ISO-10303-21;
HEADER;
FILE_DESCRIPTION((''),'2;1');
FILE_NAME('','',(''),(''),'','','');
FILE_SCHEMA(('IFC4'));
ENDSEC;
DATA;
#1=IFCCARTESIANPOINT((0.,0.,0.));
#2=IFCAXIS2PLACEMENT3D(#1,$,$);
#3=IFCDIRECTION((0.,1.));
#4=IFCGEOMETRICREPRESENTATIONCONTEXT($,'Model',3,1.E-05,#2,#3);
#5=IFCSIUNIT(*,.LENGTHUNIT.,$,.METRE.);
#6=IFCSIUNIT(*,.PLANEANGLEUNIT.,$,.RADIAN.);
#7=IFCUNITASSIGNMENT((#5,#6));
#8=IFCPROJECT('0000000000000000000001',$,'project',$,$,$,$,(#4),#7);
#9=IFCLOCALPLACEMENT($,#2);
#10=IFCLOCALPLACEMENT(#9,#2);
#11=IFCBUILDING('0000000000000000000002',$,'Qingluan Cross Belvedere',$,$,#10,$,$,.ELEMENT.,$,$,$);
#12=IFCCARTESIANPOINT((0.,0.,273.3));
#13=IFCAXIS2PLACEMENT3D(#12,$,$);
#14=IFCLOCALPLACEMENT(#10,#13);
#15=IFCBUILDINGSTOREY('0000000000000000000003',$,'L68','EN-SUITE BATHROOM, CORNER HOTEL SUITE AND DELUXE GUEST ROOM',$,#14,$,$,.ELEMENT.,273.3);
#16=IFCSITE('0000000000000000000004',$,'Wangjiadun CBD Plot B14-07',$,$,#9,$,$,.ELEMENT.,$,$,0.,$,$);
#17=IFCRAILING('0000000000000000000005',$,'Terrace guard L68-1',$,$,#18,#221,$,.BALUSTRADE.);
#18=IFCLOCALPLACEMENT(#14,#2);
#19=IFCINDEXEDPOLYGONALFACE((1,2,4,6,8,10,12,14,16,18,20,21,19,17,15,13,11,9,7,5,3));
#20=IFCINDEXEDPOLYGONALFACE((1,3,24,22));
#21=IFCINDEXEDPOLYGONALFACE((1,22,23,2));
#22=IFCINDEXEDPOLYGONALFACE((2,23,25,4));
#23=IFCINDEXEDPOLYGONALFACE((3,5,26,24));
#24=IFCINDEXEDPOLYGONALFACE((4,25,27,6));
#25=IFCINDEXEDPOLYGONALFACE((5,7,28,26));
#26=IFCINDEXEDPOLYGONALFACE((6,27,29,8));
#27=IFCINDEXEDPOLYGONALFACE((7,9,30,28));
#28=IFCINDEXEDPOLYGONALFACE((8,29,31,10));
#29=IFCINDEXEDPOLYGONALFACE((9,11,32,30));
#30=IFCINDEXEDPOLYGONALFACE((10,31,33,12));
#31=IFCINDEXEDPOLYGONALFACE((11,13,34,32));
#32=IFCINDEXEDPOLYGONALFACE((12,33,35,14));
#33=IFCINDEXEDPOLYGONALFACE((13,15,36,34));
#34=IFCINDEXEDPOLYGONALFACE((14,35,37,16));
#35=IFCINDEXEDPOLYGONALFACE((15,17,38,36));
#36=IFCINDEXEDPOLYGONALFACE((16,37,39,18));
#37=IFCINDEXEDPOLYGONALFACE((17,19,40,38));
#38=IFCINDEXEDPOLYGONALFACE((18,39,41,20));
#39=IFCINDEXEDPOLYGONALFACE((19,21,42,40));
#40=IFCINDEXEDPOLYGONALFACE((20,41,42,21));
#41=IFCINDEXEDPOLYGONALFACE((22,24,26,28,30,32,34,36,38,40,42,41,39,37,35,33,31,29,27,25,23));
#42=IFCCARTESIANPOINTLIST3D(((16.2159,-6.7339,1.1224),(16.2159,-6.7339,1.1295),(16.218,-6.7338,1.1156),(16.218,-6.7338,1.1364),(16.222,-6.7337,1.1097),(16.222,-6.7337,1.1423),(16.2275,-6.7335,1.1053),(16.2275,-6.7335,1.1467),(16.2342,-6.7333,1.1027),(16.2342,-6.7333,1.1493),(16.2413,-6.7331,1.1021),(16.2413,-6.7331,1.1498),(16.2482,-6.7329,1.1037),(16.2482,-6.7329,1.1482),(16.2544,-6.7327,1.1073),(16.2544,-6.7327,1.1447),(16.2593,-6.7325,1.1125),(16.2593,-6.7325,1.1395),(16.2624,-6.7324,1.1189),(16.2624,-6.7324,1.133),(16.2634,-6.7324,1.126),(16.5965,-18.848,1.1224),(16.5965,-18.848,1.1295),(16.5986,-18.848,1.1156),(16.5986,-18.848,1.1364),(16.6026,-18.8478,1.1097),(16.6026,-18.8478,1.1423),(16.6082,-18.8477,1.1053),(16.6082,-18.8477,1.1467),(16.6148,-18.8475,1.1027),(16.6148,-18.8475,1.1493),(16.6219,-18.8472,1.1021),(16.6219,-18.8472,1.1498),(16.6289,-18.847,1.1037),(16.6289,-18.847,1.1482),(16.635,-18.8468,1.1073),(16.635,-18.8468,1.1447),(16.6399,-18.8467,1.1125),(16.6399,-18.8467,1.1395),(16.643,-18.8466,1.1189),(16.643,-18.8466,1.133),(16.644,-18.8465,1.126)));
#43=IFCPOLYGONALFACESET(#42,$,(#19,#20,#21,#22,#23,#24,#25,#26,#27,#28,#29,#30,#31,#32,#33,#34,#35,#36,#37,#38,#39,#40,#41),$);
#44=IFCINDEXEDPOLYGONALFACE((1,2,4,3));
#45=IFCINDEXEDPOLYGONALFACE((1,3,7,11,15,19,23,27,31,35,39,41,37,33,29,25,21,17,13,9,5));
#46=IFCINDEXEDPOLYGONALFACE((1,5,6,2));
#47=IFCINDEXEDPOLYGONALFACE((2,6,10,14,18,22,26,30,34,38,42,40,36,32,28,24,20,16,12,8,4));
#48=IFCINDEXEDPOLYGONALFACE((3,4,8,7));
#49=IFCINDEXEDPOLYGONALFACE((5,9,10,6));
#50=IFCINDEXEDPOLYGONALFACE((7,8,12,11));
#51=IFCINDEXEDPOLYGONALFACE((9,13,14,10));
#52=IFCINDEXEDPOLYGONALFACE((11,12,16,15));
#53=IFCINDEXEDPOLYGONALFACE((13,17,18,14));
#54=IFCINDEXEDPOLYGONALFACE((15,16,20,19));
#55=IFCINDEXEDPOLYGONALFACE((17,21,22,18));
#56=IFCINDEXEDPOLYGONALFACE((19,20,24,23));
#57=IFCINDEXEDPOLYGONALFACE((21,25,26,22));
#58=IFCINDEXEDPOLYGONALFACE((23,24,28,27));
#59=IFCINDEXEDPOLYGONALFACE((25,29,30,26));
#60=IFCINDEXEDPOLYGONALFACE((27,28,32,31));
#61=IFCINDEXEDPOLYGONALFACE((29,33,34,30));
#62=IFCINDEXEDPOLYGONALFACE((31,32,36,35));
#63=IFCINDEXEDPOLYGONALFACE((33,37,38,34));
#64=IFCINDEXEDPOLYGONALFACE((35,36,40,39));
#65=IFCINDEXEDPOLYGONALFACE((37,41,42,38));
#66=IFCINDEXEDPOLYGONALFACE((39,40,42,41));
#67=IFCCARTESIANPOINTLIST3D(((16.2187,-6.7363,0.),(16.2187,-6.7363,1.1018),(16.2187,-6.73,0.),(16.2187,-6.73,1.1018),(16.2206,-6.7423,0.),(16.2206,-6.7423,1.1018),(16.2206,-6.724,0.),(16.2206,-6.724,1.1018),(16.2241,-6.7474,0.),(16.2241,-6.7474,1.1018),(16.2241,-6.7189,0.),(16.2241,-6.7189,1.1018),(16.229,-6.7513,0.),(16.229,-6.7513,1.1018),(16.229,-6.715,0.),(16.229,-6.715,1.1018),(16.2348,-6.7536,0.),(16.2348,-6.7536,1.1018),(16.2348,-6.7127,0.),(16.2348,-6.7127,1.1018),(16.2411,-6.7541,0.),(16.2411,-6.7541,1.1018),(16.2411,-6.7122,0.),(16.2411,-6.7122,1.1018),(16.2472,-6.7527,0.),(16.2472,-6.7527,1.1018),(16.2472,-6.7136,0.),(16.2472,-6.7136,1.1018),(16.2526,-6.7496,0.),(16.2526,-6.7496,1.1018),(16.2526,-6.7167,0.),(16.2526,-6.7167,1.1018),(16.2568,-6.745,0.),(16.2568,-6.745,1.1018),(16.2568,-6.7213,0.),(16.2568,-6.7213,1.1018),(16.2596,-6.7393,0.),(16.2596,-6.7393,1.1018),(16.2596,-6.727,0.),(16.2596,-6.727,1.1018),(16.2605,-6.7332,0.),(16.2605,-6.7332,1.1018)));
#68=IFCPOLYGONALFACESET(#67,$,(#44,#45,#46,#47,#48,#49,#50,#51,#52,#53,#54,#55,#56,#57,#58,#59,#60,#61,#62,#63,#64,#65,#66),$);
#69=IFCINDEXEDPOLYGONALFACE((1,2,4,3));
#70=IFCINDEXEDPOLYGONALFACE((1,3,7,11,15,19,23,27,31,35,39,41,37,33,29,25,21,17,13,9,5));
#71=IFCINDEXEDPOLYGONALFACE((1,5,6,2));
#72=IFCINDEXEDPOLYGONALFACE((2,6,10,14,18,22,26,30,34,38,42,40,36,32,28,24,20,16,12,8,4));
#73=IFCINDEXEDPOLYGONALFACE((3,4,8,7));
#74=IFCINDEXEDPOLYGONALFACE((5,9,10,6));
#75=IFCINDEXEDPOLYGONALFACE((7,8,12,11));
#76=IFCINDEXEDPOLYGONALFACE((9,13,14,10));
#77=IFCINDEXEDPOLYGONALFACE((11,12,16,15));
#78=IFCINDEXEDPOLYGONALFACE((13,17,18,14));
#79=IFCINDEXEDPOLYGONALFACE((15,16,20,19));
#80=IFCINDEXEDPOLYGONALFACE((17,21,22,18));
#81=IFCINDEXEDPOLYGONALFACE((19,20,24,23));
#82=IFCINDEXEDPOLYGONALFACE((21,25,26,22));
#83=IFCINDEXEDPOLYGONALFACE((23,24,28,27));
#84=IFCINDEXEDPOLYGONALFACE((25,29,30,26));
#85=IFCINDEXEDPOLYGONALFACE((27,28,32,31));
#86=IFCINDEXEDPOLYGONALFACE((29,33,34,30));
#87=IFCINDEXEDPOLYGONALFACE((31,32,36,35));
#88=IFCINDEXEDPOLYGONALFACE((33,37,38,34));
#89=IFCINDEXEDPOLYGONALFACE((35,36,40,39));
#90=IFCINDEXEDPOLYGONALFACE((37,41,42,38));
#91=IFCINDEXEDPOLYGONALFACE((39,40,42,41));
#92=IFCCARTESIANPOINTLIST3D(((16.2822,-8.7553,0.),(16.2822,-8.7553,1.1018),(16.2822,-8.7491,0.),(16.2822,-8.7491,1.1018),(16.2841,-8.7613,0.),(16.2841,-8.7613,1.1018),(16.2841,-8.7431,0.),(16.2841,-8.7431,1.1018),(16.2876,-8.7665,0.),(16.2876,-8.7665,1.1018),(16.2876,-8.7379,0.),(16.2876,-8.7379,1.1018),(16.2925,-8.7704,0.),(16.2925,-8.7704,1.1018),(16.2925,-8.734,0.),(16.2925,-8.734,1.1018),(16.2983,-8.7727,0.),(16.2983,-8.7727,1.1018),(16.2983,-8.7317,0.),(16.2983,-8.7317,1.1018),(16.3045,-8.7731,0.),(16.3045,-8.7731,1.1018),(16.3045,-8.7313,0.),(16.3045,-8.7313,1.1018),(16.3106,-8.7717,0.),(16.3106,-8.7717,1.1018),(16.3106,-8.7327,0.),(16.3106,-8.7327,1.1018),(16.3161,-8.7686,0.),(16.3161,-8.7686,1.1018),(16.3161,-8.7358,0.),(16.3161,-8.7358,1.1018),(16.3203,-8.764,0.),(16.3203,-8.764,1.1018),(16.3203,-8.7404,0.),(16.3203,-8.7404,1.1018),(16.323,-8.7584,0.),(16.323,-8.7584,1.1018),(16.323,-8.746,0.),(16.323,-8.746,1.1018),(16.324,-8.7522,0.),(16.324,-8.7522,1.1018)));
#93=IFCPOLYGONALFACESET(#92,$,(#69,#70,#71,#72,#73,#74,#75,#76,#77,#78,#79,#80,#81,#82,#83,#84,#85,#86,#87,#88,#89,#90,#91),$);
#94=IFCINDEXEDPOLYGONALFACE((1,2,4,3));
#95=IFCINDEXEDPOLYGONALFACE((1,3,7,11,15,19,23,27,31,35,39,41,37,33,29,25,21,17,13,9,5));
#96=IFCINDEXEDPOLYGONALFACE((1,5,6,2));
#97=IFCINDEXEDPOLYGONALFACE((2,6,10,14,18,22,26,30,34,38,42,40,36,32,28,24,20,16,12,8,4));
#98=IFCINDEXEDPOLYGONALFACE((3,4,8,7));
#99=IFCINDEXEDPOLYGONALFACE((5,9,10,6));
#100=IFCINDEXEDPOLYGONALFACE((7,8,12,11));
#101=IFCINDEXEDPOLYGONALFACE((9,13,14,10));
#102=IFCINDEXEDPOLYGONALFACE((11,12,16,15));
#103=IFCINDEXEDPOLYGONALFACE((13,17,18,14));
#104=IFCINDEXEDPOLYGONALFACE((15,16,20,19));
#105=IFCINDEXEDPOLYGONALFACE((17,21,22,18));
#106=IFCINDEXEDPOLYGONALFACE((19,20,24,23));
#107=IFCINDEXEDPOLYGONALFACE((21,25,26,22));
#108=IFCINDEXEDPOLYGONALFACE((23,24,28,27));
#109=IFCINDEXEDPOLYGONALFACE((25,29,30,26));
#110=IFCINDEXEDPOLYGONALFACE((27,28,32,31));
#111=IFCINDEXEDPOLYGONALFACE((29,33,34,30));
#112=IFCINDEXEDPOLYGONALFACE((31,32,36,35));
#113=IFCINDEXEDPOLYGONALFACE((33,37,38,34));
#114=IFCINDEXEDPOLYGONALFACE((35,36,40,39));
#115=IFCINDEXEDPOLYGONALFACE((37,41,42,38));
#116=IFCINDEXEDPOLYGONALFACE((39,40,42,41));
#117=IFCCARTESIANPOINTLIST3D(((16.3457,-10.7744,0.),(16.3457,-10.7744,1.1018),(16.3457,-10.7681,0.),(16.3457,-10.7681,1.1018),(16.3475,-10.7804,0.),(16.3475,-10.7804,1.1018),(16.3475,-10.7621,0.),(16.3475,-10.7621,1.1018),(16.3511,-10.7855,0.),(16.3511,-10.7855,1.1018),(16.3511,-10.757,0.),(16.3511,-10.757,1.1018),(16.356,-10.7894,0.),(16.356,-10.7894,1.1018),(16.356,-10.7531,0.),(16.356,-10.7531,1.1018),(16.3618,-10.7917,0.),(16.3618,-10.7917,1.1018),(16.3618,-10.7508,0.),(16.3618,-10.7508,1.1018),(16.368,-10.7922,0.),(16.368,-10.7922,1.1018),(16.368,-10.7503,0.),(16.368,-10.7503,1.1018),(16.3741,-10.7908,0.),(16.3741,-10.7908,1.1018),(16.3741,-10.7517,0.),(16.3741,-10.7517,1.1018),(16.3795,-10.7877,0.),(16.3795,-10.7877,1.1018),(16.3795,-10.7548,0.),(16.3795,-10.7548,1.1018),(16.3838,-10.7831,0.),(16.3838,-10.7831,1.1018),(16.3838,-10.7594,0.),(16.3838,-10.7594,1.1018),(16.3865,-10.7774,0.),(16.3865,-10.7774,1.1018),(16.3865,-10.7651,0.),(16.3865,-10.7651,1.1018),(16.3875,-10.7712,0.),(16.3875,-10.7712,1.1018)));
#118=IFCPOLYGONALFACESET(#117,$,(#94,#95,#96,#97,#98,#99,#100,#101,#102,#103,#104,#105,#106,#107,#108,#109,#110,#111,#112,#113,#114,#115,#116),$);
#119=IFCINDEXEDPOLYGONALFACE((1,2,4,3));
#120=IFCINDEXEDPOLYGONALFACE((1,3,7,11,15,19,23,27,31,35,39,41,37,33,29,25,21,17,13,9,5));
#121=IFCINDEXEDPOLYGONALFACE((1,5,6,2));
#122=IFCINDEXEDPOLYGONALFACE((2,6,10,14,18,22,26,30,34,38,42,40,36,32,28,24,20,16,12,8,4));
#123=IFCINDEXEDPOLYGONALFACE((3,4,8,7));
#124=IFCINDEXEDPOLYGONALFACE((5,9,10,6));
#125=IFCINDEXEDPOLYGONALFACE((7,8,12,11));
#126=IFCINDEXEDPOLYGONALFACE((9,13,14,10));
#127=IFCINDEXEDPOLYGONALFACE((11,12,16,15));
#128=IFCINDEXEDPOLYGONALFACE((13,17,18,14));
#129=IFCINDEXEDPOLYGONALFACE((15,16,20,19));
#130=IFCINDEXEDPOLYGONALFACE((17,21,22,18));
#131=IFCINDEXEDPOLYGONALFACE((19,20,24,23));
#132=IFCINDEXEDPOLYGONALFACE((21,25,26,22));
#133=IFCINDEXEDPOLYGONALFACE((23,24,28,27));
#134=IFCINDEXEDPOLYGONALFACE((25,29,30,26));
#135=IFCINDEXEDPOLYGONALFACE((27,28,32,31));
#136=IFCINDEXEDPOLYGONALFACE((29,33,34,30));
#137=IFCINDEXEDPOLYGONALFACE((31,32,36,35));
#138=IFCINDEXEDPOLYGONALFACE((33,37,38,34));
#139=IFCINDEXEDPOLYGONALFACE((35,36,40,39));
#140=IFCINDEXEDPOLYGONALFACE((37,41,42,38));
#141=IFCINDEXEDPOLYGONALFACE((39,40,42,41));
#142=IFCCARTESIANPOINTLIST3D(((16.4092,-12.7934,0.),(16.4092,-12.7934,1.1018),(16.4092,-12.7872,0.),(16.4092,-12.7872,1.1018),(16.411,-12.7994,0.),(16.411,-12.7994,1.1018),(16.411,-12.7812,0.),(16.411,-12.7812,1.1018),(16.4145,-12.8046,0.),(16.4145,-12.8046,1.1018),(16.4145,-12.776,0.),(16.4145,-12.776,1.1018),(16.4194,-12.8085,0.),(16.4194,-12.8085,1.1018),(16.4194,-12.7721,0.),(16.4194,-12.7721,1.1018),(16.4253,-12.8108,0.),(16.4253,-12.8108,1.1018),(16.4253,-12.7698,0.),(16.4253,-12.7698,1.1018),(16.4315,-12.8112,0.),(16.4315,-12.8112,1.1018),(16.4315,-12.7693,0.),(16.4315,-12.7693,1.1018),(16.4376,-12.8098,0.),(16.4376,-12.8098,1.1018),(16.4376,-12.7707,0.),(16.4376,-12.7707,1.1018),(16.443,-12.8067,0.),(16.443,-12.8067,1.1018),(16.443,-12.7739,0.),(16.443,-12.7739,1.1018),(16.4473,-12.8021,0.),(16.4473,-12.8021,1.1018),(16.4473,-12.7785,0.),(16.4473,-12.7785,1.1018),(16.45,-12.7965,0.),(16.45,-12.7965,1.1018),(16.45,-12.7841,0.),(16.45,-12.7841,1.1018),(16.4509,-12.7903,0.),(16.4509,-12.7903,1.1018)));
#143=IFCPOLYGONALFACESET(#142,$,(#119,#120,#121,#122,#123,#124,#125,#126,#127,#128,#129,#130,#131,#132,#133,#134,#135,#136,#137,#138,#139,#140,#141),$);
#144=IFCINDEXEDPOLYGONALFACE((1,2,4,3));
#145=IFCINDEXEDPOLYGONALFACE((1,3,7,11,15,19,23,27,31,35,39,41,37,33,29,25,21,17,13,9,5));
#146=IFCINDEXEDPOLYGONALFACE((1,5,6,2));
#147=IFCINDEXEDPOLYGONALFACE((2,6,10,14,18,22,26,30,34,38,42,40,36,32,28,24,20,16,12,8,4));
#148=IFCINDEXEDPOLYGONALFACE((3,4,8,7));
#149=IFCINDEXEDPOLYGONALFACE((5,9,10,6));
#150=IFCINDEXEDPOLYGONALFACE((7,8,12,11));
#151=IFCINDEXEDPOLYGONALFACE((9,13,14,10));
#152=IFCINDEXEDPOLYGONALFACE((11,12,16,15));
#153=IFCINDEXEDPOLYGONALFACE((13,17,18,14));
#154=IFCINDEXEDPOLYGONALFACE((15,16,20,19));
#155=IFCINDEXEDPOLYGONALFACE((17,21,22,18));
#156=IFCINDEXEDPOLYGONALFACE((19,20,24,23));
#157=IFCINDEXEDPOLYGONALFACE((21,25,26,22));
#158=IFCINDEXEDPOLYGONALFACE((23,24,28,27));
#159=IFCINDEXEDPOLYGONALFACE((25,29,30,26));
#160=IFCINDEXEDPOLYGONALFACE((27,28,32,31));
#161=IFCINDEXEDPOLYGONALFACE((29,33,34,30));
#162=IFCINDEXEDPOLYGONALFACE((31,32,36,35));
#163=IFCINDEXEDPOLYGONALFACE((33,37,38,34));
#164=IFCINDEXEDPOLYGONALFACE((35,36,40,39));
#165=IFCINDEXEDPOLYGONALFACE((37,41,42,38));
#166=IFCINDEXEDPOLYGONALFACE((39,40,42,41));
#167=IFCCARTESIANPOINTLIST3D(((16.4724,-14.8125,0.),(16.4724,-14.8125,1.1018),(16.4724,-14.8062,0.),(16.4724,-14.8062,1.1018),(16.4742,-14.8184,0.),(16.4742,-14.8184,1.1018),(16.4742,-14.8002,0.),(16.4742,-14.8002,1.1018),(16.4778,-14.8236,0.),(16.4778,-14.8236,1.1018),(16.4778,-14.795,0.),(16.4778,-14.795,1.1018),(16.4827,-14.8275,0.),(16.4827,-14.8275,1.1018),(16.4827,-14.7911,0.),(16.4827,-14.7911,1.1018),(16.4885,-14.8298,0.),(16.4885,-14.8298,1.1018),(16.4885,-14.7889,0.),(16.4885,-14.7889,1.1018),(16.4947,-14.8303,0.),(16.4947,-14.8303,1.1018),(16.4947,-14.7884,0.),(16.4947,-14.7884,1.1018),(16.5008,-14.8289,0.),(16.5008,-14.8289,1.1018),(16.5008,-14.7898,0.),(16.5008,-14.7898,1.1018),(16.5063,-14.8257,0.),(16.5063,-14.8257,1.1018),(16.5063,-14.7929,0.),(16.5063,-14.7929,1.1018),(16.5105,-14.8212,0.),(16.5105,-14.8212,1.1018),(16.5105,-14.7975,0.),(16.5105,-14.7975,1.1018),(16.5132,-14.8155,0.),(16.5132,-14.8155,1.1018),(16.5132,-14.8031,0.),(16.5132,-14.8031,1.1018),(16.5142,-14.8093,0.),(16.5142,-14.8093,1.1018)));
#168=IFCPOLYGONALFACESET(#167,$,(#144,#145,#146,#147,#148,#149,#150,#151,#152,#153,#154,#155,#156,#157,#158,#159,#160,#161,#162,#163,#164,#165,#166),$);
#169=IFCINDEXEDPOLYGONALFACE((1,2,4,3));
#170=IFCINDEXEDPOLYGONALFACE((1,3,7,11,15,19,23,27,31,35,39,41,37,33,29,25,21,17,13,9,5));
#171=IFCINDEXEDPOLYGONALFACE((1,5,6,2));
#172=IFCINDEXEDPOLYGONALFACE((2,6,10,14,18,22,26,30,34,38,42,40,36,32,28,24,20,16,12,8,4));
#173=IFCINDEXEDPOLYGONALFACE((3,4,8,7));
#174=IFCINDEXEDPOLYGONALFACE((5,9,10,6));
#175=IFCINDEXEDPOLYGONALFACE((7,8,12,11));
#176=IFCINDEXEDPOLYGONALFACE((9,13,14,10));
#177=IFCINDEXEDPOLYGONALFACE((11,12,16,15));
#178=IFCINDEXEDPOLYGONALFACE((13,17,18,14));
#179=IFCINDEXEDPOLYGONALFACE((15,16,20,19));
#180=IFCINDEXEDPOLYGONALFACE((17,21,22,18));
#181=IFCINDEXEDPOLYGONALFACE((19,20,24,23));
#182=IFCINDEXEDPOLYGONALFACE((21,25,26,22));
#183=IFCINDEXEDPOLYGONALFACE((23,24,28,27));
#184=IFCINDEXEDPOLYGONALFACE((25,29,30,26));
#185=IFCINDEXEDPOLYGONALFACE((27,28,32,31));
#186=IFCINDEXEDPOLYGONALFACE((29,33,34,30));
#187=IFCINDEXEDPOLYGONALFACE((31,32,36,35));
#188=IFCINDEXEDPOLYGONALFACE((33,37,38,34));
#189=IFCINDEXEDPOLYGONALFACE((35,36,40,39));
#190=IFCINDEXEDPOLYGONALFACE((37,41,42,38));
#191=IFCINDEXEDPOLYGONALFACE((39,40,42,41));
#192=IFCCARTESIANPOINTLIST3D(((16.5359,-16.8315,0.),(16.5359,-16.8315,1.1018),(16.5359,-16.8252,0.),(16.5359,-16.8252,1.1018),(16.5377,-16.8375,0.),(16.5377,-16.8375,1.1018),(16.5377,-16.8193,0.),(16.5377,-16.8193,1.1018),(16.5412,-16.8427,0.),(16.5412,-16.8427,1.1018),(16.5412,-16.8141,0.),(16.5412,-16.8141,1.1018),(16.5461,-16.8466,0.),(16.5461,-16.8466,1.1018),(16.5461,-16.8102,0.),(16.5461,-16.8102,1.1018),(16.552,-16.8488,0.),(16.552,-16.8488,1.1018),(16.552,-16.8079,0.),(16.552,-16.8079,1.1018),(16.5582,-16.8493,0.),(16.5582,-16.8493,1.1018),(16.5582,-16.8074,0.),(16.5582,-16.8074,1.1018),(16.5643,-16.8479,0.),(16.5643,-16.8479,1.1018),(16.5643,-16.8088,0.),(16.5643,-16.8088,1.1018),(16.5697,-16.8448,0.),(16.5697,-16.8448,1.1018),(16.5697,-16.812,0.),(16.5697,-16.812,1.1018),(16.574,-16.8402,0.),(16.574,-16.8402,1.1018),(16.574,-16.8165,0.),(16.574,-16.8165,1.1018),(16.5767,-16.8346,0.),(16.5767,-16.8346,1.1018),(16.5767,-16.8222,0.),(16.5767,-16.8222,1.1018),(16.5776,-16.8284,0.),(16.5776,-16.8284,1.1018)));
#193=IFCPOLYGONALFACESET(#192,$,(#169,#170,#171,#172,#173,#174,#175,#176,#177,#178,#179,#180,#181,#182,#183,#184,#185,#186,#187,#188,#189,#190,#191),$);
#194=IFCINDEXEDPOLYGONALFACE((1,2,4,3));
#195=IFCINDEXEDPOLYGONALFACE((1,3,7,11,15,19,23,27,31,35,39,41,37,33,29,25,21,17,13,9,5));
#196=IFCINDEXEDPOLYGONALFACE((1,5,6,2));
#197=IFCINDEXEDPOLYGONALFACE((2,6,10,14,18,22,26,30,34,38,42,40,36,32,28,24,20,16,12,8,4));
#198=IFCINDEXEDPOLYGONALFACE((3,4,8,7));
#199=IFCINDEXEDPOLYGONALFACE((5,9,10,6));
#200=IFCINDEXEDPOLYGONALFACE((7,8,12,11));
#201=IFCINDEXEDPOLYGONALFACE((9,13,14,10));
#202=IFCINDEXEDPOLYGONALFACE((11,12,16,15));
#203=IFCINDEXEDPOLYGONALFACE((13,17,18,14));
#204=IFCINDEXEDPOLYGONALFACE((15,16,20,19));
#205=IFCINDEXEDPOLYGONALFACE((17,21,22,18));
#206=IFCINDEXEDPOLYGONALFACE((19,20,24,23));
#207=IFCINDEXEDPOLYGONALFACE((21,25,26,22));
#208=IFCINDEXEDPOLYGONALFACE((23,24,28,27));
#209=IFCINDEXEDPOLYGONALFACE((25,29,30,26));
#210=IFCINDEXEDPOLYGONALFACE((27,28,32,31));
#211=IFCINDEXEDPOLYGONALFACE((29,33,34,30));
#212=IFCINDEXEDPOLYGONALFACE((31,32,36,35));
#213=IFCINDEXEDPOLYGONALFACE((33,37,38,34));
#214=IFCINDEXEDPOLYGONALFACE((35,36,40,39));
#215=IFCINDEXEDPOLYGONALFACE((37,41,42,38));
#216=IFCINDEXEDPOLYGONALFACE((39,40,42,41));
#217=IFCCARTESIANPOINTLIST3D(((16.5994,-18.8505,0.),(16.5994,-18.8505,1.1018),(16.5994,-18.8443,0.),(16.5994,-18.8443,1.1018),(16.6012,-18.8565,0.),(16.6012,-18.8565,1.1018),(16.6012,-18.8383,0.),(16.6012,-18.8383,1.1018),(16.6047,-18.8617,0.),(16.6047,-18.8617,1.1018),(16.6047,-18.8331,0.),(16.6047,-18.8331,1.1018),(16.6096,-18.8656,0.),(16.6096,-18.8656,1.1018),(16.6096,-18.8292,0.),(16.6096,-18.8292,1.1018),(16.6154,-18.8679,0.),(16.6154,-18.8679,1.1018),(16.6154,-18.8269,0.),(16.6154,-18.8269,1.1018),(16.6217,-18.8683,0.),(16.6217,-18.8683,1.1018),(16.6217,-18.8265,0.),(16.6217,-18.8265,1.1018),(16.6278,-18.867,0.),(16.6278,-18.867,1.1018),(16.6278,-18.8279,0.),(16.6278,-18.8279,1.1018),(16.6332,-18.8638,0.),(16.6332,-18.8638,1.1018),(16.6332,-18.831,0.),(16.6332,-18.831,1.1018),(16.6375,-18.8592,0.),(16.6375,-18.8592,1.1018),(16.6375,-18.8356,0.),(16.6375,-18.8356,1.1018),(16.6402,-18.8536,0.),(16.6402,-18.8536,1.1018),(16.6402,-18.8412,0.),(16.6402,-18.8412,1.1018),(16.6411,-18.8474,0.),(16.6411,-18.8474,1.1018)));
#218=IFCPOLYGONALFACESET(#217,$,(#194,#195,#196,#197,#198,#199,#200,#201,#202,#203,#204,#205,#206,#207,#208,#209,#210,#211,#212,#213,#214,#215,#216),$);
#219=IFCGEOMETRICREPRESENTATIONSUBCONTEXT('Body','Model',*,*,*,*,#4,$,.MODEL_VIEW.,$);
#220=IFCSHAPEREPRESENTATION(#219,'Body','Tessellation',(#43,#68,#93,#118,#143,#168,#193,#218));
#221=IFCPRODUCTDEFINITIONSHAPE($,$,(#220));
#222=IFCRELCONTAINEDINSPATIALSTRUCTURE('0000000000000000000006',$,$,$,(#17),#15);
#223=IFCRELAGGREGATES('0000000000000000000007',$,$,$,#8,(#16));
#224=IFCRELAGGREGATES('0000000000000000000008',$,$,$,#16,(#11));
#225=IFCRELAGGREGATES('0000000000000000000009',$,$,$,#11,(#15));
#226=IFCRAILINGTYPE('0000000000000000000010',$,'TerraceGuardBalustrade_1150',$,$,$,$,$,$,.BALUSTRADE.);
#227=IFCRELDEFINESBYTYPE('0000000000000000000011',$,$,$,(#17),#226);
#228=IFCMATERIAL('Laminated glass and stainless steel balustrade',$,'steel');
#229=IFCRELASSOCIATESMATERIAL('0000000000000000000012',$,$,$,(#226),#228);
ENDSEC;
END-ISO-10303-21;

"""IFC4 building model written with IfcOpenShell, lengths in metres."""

from ifc_helpers import new_model, si_unit, direction, frame, origin, origin_2d, place, context, subcontext, project, spatial, circle, extrude, material, type_object, element, save


model = new_model("IFC4")

# Units and contexts
model_context = context("Model", 3, precision=1e-05, world=origin(), true_north=direction((0.0, 1.0)))
body_context = subcontext(model_context, "Body", "Model", "MODEL_VIEW")
ifc_project = project(units=[si_unit("LENGTHUNIT", "METRE"), si_unit("PLANEANGLEUNIT", "RADIAN")], contexts=[model_context])

# Site, building, storey
site_placement = place(None, origin())
site = spatial("IfcSite", under=ifc_project, at=site_placement, Name="Wangjiadun CBD Plot B14-07", CompositionType="ELEMENT", RefElevation=0.0)
building_placement = place(site_placement, origin())
building = spatial("IfcBuilding", under=site, at=building_placement, Name="Qingluan Cross Belvedere", CompositionType="ELEMENT")
storey_placement = place(building_placement, frame((0.0, 0.0, 273.3)))
storey = spatial("IfcBuildingStorey", under=building, at=storey_placement, Name="L68", Description="EN-SUITE BATHROOM, CORNER HOTEL SUITE AND DELUXE GUEST ROOM", CompositionType="ELEMENT", Elevation=273.3)

# Railing
ifc_material_1 = material(Name="Laminated glass and stainless steel balustrade", Category="steel")
railing_type = type_object("IfcRailingType", Name="TerraceGuardBalustrade_1150", PredefinedType="BALUSTRADE", material=ifc_material_1)
railing_placement = place(storey_placement, frame((16.2395, -6.7332, 0.0)))
element("IfcRailing", 1, at=railing_placement, inside=storey, type_object=railing_type, Name="Terrace guard L68-1", PredefinedType="BALUSTRADE", context=body_context, shape_type="SweptSolid", body=[
    extrude(circle(Radius=0.0239, at=origin_2d()), frame((0.0, 0.0, 1.126), z_axis=(0.031403, -0.999507, 0.0), x_axis=(0.999507, 0.031403, 0.0)), (0.0, 0.0, 1.0), 12.1201),
    extrude(circle(Radius=0.021, at=origin_2d()), origin(), (0.0, 0.0, 1.0), 1.1018),
    extrude(circle(Radius=0.021, at=origin_2d()), frame((0.0635, -2.019, 0.0)), (0.0, 0.0, 1.0), 1.1018),
    extrude(circle(Radius=0.021, at=origin_2d()), frame((0.127, -4.0381, 0.0)), (0.0, 0.0, 1.0), 1.1018),
    extrude(circle(Radius=0.021, at=origin_2d()), frame((0.1904, -6.0571, 0.0)), (0.0, 0.0, 1.0), 1.1018),
    extrude(circle(Radius=0.021, at=origin_2d()), frame((0.2537, -8.0762, 0.0)), (0.0, 0.0, 1.0), 1.1018),
    extrude(circle(Radius=0.021, at=origin_2d()), frame((0.3171, -10.0952, 0.0)), (0.0, 0.0, 1.0), 1.1018),
    extrude(circle(Radius=0.021, at=origin_2d()), frame((0.3806, -12.1143, 0.0)), (0.0, 0.0, 1.0), 1.1018),
])

save(model, "model.ifc")
